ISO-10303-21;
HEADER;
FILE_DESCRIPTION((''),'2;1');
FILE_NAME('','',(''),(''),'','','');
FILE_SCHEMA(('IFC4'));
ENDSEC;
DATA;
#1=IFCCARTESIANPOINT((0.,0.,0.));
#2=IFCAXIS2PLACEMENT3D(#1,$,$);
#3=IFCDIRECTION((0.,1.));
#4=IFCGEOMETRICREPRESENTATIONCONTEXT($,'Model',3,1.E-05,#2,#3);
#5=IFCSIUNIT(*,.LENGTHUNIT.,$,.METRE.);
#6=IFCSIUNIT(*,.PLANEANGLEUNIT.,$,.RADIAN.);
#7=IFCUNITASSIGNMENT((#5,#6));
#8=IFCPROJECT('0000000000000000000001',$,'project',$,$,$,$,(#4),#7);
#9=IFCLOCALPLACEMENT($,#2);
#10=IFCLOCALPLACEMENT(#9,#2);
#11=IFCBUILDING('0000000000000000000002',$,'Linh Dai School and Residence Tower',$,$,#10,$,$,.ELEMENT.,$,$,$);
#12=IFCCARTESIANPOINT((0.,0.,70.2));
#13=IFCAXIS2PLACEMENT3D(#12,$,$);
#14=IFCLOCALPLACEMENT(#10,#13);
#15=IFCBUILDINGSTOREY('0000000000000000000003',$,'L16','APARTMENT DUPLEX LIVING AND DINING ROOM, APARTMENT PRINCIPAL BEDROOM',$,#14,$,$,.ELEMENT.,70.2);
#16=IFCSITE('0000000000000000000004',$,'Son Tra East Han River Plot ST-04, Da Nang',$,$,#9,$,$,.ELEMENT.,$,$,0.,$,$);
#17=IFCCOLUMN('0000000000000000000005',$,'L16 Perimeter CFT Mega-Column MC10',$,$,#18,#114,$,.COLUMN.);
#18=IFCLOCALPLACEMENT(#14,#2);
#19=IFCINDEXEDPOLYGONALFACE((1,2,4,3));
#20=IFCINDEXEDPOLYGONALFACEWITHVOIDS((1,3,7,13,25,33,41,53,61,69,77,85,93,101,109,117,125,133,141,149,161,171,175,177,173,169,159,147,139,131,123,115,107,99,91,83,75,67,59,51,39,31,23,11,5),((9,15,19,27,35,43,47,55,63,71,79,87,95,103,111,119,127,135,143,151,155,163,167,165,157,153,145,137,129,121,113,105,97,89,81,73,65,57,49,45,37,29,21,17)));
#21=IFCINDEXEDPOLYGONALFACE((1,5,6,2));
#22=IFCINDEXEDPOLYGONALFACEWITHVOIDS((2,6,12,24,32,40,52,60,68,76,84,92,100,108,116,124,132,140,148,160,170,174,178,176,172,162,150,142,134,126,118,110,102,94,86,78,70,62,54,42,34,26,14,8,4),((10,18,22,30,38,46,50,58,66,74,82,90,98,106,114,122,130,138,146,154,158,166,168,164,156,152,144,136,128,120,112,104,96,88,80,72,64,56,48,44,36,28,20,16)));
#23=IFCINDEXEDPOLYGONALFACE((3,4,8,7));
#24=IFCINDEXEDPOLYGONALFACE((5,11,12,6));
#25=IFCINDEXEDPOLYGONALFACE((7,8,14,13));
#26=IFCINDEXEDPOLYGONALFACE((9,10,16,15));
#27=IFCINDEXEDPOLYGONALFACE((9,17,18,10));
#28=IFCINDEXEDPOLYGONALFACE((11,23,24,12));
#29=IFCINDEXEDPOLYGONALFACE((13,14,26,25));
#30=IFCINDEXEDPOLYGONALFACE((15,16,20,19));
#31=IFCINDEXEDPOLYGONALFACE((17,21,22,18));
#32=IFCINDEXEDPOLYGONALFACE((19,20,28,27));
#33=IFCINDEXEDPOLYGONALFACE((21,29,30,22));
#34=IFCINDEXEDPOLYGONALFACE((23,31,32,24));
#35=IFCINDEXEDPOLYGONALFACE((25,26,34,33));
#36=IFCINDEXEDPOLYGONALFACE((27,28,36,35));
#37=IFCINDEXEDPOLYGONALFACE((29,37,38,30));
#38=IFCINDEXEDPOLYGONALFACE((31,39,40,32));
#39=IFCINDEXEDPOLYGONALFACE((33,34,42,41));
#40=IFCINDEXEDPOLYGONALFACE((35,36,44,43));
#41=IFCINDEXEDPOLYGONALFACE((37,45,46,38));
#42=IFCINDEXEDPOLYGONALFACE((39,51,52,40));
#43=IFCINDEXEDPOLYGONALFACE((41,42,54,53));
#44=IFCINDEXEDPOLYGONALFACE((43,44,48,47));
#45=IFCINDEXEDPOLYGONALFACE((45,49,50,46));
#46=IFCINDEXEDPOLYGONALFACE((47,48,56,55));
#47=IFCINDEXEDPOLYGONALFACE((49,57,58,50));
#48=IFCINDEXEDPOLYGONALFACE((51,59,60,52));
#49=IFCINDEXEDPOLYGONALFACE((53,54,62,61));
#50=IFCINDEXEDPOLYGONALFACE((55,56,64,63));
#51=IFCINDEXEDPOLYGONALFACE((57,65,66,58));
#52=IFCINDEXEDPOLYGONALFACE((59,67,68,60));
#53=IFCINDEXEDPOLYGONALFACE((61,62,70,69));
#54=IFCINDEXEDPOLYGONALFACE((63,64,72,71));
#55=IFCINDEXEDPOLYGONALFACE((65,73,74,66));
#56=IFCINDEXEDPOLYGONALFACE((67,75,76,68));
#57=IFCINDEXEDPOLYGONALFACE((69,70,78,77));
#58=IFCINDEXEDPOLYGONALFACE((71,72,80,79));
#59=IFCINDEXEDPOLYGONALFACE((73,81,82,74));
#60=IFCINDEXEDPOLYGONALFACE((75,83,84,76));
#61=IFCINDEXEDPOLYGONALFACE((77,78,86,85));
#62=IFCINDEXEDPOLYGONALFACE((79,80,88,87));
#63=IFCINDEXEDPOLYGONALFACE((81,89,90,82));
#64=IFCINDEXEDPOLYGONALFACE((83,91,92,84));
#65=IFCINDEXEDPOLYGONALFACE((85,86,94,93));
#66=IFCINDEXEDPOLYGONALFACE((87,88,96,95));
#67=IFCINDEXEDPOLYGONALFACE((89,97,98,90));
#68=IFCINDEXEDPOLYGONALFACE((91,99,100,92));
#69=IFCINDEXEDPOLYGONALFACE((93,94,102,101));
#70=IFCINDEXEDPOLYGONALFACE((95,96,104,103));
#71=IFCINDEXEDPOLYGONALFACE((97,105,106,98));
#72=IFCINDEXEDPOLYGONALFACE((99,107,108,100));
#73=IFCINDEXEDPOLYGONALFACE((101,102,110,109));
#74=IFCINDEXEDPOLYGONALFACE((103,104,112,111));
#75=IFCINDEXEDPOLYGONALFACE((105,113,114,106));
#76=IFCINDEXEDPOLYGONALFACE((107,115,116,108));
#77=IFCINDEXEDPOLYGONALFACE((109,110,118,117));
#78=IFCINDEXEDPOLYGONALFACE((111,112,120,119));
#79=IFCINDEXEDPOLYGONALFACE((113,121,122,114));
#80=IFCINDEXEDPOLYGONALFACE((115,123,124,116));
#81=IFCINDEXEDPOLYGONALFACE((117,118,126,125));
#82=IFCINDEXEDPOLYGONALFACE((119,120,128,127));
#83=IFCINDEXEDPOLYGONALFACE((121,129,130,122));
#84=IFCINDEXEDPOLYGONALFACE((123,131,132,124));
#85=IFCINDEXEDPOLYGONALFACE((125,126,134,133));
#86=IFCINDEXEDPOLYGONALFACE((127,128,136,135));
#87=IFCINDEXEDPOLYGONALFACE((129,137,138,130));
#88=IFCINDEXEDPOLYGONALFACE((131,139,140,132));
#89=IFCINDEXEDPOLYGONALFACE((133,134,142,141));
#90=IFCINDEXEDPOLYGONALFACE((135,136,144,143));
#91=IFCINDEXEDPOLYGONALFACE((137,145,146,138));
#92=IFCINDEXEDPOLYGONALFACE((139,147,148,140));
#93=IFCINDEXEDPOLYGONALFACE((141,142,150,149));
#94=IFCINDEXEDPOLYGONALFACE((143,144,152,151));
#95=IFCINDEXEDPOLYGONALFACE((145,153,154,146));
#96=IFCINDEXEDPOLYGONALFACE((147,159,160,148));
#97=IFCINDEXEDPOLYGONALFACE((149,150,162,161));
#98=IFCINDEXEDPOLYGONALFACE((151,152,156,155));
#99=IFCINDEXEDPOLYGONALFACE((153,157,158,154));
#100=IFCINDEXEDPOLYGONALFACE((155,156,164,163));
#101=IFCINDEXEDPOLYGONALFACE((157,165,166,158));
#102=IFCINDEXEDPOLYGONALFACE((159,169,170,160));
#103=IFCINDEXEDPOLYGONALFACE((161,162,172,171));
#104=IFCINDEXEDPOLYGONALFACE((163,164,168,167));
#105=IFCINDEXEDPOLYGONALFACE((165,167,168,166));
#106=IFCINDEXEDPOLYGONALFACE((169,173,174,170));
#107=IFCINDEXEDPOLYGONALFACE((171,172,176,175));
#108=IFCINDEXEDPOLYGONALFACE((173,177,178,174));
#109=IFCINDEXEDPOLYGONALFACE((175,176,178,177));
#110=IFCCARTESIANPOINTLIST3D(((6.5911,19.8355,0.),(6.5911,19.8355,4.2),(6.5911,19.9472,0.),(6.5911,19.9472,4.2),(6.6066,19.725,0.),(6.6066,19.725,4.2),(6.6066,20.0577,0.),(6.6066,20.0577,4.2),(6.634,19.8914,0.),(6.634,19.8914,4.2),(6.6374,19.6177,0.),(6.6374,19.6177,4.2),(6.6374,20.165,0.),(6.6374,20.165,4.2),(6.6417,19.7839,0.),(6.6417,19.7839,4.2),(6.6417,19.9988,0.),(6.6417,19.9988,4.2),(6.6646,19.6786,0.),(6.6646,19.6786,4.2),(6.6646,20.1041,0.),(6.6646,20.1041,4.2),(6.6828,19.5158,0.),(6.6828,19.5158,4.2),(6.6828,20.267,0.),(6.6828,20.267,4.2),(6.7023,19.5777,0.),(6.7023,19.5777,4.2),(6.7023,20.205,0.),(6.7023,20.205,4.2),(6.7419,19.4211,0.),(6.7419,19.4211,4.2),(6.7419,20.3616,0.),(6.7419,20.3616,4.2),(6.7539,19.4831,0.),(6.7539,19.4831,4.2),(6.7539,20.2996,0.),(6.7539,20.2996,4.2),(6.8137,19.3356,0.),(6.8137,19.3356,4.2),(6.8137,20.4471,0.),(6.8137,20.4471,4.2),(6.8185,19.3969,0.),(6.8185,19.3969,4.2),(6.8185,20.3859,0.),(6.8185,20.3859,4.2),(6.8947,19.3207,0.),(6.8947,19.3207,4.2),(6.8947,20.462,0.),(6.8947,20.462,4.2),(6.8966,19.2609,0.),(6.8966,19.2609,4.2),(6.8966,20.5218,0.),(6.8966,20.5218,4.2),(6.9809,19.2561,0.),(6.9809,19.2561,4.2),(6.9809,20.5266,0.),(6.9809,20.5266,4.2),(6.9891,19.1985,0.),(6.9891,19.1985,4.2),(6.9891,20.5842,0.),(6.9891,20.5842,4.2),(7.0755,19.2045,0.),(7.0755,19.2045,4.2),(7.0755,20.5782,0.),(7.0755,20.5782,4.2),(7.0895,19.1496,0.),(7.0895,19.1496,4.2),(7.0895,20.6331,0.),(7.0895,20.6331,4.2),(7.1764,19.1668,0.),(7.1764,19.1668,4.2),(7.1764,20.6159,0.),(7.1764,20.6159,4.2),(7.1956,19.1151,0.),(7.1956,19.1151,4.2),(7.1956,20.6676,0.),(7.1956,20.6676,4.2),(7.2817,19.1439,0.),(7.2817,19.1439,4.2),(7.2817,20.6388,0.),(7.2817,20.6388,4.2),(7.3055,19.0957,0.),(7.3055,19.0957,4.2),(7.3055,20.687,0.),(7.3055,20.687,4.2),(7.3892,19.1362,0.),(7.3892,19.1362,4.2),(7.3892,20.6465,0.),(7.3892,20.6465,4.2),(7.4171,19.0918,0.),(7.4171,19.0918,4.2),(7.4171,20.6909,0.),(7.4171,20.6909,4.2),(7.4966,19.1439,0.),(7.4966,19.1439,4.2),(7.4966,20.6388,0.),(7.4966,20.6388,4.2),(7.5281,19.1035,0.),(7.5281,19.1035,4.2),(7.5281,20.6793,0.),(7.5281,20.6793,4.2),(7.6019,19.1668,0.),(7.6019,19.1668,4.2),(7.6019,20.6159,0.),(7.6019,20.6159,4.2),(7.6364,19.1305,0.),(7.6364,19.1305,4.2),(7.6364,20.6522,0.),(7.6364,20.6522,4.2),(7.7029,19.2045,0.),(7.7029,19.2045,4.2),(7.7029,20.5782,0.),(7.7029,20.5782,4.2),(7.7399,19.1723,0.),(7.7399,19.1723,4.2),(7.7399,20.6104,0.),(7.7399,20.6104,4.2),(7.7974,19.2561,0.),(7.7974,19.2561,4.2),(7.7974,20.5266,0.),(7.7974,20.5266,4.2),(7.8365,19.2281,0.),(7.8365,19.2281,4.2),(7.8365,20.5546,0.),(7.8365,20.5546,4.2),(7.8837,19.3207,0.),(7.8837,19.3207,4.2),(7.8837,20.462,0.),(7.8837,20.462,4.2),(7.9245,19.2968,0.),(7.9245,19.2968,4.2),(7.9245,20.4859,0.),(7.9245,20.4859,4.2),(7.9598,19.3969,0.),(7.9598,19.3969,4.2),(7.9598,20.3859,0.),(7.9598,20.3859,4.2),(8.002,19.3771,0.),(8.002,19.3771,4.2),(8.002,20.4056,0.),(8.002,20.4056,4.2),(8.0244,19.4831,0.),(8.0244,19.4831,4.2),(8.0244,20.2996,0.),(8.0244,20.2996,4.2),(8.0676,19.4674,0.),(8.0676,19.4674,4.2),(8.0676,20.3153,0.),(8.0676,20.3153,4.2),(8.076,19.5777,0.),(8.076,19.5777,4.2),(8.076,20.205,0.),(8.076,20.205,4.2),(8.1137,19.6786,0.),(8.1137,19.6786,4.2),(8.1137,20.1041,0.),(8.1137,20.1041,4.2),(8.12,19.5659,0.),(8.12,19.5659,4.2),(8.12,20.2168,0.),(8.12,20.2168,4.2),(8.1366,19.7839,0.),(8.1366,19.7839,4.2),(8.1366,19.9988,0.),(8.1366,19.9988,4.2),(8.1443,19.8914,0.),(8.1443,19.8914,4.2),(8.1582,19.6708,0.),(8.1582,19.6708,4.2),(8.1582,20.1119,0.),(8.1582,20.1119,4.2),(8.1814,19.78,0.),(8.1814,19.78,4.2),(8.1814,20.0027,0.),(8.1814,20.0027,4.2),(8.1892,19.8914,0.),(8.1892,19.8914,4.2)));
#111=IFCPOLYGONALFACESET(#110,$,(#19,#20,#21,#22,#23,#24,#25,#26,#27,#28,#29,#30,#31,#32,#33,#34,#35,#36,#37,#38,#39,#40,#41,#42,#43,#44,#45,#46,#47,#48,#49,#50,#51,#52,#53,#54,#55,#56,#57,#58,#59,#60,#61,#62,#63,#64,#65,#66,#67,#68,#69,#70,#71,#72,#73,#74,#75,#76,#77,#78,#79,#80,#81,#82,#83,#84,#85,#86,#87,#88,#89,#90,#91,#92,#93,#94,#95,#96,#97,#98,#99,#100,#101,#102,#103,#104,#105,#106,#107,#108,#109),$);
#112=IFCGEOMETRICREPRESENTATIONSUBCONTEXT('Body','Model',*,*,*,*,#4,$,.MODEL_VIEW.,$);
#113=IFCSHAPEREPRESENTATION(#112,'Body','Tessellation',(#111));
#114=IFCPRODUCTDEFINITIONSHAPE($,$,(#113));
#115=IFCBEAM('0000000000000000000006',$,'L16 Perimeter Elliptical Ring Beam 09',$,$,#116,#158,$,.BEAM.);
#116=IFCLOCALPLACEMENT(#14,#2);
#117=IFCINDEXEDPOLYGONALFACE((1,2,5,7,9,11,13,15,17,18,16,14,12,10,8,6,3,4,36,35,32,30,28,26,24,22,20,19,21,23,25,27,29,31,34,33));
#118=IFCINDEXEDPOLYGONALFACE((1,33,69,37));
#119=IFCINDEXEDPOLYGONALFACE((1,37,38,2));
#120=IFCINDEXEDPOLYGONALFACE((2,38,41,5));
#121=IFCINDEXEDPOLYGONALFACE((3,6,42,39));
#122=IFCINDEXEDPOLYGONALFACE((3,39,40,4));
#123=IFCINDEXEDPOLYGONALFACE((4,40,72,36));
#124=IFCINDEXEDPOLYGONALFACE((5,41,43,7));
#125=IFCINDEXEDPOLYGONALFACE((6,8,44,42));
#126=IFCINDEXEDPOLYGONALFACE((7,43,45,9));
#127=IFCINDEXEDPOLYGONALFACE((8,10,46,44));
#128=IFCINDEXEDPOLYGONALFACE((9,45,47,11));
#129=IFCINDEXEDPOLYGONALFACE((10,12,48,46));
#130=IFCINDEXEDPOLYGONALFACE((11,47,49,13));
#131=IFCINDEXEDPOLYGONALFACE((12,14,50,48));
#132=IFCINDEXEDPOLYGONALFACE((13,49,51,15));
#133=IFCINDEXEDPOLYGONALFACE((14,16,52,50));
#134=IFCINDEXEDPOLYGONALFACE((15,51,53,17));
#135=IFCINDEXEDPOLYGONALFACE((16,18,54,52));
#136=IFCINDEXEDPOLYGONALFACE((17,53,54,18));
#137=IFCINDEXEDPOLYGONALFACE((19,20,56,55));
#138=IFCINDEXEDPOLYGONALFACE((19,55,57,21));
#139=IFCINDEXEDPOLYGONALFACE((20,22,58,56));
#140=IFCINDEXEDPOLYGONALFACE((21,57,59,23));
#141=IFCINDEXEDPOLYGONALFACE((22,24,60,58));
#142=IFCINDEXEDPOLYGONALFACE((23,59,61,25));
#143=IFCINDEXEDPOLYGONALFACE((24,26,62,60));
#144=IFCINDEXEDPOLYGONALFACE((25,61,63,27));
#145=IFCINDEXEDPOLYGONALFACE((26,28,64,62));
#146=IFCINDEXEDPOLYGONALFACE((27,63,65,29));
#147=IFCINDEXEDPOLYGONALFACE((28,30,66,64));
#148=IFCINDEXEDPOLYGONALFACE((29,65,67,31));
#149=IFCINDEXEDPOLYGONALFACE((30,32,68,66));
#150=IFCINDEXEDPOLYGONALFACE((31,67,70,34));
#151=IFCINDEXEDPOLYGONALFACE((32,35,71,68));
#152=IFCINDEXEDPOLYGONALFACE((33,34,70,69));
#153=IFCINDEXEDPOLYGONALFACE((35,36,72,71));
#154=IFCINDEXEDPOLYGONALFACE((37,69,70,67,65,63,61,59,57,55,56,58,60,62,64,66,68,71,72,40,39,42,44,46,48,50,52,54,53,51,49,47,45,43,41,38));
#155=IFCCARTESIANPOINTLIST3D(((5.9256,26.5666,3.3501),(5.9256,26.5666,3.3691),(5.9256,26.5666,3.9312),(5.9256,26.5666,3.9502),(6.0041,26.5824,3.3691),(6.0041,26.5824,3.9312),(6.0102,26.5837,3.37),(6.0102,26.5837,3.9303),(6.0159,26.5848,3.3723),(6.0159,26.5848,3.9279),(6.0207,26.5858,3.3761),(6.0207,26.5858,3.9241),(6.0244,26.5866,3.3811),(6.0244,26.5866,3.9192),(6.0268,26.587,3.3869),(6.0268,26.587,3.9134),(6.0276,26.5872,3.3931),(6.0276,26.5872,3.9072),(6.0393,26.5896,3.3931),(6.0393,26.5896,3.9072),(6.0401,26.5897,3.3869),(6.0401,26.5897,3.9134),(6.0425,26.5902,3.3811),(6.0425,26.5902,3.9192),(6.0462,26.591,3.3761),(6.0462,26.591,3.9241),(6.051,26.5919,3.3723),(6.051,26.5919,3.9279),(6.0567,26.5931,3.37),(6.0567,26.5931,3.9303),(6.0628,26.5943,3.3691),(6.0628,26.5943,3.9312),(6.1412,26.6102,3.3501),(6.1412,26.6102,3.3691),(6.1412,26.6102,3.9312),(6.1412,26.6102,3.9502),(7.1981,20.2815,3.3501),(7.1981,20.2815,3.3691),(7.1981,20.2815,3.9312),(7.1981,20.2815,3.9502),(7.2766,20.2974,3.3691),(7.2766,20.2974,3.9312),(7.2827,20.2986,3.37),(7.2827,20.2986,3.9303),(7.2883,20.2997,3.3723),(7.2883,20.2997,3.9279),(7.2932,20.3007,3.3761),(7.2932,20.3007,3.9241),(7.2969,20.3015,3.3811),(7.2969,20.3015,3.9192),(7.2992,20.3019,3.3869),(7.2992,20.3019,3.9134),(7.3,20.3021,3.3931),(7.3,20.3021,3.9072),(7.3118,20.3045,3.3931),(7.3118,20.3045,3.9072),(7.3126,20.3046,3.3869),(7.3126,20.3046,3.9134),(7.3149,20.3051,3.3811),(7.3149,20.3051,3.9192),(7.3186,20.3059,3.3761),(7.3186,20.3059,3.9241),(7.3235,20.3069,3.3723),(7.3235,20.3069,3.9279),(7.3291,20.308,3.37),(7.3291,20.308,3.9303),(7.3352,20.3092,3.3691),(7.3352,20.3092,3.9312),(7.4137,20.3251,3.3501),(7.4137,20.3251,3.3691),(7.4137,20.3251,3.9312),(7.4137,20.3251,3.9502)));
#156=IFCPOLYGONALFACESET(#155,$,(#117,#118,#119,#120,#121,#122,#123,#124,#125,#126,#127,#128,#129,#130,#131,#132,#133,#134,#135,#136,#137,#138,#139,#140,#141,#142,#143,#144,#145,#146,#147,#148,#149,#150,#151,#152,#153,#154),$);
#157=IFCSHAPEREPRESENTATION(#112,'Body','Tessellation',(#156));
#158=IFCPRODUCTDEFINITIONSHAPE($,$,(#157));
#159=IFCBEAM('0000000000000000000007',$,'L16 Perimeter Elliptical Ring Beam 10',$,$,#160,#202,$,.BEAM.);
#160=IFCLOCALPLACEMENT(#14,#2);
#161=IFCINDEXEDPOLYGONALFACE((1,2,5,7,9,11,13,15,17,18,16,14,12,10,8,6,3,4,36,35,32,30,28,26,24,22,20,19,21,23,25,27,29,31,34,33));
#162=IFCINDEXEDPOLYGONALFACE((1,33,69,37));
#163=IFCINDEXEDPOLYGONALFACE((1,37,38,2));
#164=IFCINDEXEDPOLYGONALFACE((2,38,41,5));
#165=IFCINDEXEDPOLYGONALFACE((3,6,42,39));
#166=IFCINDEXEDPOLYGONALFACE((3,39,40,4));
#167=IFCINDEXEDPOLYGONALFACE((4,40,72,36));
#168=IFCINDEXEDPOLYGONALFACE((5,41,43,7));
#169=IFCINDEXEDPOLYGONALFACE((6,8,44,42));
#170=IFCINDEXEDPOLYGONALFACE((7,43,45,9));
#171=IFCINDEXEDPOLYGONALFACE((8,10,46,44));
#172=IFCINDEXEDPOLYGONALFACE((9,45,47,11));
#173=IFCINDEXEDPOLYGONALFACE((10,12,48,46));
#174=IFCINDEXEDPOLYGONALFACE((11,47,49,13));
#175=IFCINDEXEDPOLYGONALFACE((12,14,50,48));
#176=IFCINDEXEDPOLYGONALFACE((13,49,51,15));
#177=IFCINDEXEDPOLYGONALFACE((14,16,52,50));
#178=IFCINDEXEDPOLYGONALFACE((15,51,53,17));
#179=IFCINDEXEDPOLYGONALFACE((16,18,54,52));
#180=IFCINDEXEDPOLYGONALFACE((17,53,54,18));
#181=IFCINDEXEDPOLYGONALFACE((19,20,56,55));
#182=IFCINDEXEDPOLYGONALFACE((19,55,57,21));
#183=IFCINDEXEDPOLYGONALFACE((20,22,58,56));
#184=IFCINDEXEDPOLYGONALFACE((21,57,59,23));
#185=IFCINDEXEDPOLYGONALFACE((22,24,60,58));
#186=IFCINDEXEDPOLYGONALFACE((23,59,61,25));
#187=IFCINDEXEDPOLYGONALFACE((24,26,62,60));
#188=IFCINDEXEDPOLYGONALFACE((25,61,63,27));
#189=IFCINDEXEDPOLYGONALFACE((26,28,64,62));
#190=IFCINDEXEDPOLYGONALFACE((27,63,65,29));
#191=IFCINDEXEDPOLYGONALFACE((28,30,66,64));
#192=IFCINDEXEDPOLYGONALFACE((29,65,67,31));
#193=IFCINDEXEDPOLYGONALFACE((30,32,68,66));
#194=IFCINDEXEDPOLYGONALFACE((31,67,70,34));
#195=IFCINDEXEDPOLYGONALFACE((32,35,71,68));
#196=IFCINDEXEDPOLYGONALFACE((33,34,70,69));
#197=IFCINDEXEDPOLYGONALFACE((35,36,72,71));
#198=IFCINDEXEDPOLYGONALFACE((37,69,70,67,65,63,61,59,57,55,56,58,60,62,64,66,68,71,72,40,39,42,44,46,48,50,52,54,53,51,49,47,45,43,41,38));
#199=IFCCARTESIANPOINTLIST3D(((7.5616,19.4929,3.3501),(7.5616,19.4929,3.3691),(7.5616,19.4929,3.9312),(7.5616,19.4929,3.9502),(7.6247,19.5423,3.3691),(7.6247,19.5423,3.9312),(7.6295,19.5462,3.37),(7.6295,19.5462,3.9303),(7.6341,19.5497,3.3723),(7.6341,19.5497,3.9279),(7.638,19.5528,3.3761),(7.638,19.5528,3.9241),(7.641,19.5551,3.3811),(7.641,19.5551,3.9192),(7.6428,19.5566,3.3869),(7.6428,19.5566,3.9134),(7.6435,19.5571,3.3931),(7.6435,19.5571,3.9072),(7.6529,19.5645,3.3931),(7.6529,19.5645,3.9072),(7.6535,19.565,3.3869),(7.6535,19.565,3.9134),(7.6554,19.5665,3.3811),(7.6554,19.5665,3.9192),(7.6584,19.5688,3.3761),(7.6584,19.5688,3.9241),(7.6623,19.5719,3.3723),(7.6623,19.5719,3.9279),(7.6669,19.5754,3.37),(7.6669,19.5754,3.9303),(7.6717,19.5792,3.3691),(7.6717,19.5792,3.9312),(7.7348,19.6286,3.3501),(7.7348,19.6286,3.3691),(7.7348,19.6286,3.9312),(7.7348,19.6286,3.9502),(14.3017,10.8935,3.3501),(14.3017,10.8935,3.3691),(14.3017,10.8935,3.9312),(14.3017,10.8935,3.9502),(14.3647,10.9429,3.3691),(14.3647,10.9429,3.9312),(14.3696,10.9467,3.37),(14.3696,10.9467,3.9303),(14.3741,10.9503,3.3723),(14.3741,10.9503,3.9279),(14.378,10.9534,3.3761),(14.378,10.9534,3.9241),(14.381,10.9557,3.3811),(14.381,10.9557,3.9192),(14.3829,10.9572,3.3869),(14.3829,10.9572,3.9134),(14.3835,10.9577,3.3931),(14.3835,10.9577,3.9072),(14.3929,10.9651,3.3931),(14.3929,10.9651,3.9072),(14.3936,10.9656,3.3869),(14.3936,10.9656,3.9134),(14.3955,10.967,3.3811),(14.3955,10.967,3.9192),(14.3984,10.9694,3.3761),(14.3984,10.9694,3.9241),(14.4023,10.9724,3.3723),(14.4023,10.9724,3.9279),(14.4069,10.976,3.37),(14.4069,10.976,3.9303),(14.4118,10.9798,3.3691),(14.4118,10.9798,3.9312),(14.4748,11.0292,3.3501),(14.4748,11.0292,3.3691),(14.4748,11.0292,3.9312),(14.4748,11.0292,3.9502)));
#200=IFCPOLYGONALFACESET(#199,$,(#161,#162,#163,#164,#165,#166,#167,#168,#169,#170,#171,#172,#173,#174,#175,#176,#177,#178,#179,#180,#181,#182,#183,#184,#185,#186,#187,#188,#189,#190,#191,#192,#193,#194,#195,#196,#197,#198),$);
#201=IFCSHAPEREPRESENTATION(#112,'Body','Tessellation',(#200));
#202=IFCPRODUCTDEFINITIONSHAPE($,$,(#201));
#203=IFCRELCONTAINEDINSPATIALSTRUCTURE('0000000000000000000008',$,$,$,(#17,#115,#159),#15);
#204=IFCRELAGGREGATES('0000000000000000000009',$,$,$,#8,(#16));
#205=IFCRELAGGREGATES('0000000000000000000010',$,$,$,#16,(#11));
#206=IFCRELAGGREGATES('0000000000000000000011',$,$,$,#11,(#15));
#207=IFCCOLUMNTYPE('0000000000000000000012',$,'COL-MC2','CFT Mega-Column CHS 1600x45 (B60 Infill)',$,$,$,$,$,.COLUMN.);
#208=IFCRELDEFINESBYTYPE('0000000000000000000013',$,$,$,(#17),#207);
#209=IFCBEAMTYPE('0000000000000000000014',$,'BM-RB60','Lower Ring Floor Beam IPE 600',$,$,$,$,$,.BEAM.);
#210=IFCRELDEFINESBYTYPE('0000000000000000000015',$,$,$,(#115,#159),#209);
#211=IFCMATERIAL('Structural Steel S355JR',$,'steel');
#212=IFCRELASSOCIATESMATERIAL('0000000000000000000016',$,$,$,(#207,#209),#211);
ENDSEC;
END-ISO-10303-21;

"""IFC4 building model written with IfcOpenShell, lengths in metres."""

from ifc_helpers import new_model, si_unit, direction, frame, origin, origin_2d, place, context, subcontext, project, spatial, hollow_circle, i_section, extrude, material, material_profile, profile_set, type_object, element, save


model = new_model("IFC4")

# Units and contexts
model_context = context("Model", 3, precision=1e-05, world=origin(), true_north=direction((0.0, 1.0)))
body_context = subcontext(model_context, "Body", "Model", "MODEL_VIEW")
ifc_project = project(units=[si_unit("LENGTHUNIT", "METRE"), si_unit("PLANEANGLEUNIT", "RADIAN")], contexts=[model_context])

# Site, building, storey
site_placement = place(None, origin())
site = spatial("IfcSite", under=ifc_project, at=site_placement, Name="Son Tra East Han River Plot ST-04, Da Nang", CompositionType="ELEMENT", RefElevation=0.0)
building_placement = place(site_placement, origin())
building = spatial("IfcBuilding", under=site, at=building_placement, Name="Linh Dai School and Residence Tower", CompositionType="ELEMENT")
storey_placement = place(building_placement, frame((0.0, 0.0, 70.2)))
storey = spatial("IfcBuildingStorey", under=building, at=storey_placement, Name="L16", Description="APARTMENT DUPLEX LIVING AND DINING ROOM, APARTMENT PRINCIPAL BEDROOM", CompositionType="ELEMENT", Elevation=70.2)

# Column
ifc_material_1 = material(Name="Structural Steel S355JR", Category="steel")
ifc_material_profile_1 = material_profile(ifc_material_1, hollow_circle(Radius=0.8, WallThickness=0.0449, at=origin_2d()), Name="CHS 1600x45")
ifc_profile_set_1 = profile_set([ifc_material_profile_1], Name="Structural Steel S355JR")
column_type = type_object("IfcColumnType", Name="COL-MC2", Description="CFT Mega-Column CHS 1600x45 (B60 Infill)", PredefinedType="COLUMN", material=ifc_profile_set_1)
column_placement = place(storey_placement, frame((7.3892, 19.8914, 0.0), z_axis=(0.0, 0.0, 1.0), x_axis=(1.0, 0.0, 0.0)))
element("IfcColumn", 1, at=column_placement, inside=storey, type_object=column_type, Name="L16 Perimeter CFT Mega-Column MC10", PredefinedType="COLUMN", context=body_context, shape_type="SweptSolid", body=[
    extrude(hollow_circle(Radius=0.8, WallThickness=0.0449, at=origin_2d()), origin(), (0.0, 0.0, 1.0), 4.2),
])

# Beams
ifc_material_profile_2 = material_profile(ifc_material_1, i_section(OverallWidth=0.22, OverallDepth=0.6001, WebThickness=0.012, FlangeThickness=0.019, FilletRadius=0.0239, at=origin_2d()), Name="IPE 600")
ifc_profile_set_2 = profile_set([ifc_material_profile_2], Name="Structural Steel S355JR")
beam_type = type_object("IfcBeamType", Name="BM-RB60", Description="Lower Ring Floor Beam IPE 600", PredefinedType="BEAM", material=ifc_profile_set_2)
beam_1_placement = place(storey_placement, frame((6.0334, 26.5884, 3.6501), z_axis=(0.198429, -0.980115, 0.0), x_axis=(0.980115, 0.198429, 0.0)))
element("IfcBeam", 2, at=beam_1_placement, inside=storey, type_object=beam_type, Name="L16 Perimeter Elliptical Ring Beam 09", PredefinedType="BEAM", context=body_context, shape_type="SweptSolid", body=[
    extrude(i_section(OverallWidth=0.22, OverallDepth=0.6001, WebThickness=0.012, FlangeThickness=0.019, FilletRadius=0.0239, at=origin_2d()), origin(), (0.0, 0.0, 1.0), 6.4126),
])
beam_2_placement = place(storey_placement, frame((7.6482, 19.5608, 3.6501), z_axis=(0.616879, -0.787058, 0.0), x_axis=(0.787058, 0.616879, 0.0)))
element("IfcBeam", 3, at=beam_2_placement, inside=storey, type_object=beam_type, Name="L16 Perimeter Elliptical Ring Beam 10", PredefinedType="BEAM", context=body_context, shape_type="SweptSolid", body=[
    extrude(i_section(OverallWidth=0.22, OverallDepth=0.6001, WebThickness=0.012, FlangeThickness=0.019, FilletRadius=0.0239, at=origin_2d()), origin(), (0.0, 0.0, 1.0), 10.926),
])

save(model, "model.ifc")
